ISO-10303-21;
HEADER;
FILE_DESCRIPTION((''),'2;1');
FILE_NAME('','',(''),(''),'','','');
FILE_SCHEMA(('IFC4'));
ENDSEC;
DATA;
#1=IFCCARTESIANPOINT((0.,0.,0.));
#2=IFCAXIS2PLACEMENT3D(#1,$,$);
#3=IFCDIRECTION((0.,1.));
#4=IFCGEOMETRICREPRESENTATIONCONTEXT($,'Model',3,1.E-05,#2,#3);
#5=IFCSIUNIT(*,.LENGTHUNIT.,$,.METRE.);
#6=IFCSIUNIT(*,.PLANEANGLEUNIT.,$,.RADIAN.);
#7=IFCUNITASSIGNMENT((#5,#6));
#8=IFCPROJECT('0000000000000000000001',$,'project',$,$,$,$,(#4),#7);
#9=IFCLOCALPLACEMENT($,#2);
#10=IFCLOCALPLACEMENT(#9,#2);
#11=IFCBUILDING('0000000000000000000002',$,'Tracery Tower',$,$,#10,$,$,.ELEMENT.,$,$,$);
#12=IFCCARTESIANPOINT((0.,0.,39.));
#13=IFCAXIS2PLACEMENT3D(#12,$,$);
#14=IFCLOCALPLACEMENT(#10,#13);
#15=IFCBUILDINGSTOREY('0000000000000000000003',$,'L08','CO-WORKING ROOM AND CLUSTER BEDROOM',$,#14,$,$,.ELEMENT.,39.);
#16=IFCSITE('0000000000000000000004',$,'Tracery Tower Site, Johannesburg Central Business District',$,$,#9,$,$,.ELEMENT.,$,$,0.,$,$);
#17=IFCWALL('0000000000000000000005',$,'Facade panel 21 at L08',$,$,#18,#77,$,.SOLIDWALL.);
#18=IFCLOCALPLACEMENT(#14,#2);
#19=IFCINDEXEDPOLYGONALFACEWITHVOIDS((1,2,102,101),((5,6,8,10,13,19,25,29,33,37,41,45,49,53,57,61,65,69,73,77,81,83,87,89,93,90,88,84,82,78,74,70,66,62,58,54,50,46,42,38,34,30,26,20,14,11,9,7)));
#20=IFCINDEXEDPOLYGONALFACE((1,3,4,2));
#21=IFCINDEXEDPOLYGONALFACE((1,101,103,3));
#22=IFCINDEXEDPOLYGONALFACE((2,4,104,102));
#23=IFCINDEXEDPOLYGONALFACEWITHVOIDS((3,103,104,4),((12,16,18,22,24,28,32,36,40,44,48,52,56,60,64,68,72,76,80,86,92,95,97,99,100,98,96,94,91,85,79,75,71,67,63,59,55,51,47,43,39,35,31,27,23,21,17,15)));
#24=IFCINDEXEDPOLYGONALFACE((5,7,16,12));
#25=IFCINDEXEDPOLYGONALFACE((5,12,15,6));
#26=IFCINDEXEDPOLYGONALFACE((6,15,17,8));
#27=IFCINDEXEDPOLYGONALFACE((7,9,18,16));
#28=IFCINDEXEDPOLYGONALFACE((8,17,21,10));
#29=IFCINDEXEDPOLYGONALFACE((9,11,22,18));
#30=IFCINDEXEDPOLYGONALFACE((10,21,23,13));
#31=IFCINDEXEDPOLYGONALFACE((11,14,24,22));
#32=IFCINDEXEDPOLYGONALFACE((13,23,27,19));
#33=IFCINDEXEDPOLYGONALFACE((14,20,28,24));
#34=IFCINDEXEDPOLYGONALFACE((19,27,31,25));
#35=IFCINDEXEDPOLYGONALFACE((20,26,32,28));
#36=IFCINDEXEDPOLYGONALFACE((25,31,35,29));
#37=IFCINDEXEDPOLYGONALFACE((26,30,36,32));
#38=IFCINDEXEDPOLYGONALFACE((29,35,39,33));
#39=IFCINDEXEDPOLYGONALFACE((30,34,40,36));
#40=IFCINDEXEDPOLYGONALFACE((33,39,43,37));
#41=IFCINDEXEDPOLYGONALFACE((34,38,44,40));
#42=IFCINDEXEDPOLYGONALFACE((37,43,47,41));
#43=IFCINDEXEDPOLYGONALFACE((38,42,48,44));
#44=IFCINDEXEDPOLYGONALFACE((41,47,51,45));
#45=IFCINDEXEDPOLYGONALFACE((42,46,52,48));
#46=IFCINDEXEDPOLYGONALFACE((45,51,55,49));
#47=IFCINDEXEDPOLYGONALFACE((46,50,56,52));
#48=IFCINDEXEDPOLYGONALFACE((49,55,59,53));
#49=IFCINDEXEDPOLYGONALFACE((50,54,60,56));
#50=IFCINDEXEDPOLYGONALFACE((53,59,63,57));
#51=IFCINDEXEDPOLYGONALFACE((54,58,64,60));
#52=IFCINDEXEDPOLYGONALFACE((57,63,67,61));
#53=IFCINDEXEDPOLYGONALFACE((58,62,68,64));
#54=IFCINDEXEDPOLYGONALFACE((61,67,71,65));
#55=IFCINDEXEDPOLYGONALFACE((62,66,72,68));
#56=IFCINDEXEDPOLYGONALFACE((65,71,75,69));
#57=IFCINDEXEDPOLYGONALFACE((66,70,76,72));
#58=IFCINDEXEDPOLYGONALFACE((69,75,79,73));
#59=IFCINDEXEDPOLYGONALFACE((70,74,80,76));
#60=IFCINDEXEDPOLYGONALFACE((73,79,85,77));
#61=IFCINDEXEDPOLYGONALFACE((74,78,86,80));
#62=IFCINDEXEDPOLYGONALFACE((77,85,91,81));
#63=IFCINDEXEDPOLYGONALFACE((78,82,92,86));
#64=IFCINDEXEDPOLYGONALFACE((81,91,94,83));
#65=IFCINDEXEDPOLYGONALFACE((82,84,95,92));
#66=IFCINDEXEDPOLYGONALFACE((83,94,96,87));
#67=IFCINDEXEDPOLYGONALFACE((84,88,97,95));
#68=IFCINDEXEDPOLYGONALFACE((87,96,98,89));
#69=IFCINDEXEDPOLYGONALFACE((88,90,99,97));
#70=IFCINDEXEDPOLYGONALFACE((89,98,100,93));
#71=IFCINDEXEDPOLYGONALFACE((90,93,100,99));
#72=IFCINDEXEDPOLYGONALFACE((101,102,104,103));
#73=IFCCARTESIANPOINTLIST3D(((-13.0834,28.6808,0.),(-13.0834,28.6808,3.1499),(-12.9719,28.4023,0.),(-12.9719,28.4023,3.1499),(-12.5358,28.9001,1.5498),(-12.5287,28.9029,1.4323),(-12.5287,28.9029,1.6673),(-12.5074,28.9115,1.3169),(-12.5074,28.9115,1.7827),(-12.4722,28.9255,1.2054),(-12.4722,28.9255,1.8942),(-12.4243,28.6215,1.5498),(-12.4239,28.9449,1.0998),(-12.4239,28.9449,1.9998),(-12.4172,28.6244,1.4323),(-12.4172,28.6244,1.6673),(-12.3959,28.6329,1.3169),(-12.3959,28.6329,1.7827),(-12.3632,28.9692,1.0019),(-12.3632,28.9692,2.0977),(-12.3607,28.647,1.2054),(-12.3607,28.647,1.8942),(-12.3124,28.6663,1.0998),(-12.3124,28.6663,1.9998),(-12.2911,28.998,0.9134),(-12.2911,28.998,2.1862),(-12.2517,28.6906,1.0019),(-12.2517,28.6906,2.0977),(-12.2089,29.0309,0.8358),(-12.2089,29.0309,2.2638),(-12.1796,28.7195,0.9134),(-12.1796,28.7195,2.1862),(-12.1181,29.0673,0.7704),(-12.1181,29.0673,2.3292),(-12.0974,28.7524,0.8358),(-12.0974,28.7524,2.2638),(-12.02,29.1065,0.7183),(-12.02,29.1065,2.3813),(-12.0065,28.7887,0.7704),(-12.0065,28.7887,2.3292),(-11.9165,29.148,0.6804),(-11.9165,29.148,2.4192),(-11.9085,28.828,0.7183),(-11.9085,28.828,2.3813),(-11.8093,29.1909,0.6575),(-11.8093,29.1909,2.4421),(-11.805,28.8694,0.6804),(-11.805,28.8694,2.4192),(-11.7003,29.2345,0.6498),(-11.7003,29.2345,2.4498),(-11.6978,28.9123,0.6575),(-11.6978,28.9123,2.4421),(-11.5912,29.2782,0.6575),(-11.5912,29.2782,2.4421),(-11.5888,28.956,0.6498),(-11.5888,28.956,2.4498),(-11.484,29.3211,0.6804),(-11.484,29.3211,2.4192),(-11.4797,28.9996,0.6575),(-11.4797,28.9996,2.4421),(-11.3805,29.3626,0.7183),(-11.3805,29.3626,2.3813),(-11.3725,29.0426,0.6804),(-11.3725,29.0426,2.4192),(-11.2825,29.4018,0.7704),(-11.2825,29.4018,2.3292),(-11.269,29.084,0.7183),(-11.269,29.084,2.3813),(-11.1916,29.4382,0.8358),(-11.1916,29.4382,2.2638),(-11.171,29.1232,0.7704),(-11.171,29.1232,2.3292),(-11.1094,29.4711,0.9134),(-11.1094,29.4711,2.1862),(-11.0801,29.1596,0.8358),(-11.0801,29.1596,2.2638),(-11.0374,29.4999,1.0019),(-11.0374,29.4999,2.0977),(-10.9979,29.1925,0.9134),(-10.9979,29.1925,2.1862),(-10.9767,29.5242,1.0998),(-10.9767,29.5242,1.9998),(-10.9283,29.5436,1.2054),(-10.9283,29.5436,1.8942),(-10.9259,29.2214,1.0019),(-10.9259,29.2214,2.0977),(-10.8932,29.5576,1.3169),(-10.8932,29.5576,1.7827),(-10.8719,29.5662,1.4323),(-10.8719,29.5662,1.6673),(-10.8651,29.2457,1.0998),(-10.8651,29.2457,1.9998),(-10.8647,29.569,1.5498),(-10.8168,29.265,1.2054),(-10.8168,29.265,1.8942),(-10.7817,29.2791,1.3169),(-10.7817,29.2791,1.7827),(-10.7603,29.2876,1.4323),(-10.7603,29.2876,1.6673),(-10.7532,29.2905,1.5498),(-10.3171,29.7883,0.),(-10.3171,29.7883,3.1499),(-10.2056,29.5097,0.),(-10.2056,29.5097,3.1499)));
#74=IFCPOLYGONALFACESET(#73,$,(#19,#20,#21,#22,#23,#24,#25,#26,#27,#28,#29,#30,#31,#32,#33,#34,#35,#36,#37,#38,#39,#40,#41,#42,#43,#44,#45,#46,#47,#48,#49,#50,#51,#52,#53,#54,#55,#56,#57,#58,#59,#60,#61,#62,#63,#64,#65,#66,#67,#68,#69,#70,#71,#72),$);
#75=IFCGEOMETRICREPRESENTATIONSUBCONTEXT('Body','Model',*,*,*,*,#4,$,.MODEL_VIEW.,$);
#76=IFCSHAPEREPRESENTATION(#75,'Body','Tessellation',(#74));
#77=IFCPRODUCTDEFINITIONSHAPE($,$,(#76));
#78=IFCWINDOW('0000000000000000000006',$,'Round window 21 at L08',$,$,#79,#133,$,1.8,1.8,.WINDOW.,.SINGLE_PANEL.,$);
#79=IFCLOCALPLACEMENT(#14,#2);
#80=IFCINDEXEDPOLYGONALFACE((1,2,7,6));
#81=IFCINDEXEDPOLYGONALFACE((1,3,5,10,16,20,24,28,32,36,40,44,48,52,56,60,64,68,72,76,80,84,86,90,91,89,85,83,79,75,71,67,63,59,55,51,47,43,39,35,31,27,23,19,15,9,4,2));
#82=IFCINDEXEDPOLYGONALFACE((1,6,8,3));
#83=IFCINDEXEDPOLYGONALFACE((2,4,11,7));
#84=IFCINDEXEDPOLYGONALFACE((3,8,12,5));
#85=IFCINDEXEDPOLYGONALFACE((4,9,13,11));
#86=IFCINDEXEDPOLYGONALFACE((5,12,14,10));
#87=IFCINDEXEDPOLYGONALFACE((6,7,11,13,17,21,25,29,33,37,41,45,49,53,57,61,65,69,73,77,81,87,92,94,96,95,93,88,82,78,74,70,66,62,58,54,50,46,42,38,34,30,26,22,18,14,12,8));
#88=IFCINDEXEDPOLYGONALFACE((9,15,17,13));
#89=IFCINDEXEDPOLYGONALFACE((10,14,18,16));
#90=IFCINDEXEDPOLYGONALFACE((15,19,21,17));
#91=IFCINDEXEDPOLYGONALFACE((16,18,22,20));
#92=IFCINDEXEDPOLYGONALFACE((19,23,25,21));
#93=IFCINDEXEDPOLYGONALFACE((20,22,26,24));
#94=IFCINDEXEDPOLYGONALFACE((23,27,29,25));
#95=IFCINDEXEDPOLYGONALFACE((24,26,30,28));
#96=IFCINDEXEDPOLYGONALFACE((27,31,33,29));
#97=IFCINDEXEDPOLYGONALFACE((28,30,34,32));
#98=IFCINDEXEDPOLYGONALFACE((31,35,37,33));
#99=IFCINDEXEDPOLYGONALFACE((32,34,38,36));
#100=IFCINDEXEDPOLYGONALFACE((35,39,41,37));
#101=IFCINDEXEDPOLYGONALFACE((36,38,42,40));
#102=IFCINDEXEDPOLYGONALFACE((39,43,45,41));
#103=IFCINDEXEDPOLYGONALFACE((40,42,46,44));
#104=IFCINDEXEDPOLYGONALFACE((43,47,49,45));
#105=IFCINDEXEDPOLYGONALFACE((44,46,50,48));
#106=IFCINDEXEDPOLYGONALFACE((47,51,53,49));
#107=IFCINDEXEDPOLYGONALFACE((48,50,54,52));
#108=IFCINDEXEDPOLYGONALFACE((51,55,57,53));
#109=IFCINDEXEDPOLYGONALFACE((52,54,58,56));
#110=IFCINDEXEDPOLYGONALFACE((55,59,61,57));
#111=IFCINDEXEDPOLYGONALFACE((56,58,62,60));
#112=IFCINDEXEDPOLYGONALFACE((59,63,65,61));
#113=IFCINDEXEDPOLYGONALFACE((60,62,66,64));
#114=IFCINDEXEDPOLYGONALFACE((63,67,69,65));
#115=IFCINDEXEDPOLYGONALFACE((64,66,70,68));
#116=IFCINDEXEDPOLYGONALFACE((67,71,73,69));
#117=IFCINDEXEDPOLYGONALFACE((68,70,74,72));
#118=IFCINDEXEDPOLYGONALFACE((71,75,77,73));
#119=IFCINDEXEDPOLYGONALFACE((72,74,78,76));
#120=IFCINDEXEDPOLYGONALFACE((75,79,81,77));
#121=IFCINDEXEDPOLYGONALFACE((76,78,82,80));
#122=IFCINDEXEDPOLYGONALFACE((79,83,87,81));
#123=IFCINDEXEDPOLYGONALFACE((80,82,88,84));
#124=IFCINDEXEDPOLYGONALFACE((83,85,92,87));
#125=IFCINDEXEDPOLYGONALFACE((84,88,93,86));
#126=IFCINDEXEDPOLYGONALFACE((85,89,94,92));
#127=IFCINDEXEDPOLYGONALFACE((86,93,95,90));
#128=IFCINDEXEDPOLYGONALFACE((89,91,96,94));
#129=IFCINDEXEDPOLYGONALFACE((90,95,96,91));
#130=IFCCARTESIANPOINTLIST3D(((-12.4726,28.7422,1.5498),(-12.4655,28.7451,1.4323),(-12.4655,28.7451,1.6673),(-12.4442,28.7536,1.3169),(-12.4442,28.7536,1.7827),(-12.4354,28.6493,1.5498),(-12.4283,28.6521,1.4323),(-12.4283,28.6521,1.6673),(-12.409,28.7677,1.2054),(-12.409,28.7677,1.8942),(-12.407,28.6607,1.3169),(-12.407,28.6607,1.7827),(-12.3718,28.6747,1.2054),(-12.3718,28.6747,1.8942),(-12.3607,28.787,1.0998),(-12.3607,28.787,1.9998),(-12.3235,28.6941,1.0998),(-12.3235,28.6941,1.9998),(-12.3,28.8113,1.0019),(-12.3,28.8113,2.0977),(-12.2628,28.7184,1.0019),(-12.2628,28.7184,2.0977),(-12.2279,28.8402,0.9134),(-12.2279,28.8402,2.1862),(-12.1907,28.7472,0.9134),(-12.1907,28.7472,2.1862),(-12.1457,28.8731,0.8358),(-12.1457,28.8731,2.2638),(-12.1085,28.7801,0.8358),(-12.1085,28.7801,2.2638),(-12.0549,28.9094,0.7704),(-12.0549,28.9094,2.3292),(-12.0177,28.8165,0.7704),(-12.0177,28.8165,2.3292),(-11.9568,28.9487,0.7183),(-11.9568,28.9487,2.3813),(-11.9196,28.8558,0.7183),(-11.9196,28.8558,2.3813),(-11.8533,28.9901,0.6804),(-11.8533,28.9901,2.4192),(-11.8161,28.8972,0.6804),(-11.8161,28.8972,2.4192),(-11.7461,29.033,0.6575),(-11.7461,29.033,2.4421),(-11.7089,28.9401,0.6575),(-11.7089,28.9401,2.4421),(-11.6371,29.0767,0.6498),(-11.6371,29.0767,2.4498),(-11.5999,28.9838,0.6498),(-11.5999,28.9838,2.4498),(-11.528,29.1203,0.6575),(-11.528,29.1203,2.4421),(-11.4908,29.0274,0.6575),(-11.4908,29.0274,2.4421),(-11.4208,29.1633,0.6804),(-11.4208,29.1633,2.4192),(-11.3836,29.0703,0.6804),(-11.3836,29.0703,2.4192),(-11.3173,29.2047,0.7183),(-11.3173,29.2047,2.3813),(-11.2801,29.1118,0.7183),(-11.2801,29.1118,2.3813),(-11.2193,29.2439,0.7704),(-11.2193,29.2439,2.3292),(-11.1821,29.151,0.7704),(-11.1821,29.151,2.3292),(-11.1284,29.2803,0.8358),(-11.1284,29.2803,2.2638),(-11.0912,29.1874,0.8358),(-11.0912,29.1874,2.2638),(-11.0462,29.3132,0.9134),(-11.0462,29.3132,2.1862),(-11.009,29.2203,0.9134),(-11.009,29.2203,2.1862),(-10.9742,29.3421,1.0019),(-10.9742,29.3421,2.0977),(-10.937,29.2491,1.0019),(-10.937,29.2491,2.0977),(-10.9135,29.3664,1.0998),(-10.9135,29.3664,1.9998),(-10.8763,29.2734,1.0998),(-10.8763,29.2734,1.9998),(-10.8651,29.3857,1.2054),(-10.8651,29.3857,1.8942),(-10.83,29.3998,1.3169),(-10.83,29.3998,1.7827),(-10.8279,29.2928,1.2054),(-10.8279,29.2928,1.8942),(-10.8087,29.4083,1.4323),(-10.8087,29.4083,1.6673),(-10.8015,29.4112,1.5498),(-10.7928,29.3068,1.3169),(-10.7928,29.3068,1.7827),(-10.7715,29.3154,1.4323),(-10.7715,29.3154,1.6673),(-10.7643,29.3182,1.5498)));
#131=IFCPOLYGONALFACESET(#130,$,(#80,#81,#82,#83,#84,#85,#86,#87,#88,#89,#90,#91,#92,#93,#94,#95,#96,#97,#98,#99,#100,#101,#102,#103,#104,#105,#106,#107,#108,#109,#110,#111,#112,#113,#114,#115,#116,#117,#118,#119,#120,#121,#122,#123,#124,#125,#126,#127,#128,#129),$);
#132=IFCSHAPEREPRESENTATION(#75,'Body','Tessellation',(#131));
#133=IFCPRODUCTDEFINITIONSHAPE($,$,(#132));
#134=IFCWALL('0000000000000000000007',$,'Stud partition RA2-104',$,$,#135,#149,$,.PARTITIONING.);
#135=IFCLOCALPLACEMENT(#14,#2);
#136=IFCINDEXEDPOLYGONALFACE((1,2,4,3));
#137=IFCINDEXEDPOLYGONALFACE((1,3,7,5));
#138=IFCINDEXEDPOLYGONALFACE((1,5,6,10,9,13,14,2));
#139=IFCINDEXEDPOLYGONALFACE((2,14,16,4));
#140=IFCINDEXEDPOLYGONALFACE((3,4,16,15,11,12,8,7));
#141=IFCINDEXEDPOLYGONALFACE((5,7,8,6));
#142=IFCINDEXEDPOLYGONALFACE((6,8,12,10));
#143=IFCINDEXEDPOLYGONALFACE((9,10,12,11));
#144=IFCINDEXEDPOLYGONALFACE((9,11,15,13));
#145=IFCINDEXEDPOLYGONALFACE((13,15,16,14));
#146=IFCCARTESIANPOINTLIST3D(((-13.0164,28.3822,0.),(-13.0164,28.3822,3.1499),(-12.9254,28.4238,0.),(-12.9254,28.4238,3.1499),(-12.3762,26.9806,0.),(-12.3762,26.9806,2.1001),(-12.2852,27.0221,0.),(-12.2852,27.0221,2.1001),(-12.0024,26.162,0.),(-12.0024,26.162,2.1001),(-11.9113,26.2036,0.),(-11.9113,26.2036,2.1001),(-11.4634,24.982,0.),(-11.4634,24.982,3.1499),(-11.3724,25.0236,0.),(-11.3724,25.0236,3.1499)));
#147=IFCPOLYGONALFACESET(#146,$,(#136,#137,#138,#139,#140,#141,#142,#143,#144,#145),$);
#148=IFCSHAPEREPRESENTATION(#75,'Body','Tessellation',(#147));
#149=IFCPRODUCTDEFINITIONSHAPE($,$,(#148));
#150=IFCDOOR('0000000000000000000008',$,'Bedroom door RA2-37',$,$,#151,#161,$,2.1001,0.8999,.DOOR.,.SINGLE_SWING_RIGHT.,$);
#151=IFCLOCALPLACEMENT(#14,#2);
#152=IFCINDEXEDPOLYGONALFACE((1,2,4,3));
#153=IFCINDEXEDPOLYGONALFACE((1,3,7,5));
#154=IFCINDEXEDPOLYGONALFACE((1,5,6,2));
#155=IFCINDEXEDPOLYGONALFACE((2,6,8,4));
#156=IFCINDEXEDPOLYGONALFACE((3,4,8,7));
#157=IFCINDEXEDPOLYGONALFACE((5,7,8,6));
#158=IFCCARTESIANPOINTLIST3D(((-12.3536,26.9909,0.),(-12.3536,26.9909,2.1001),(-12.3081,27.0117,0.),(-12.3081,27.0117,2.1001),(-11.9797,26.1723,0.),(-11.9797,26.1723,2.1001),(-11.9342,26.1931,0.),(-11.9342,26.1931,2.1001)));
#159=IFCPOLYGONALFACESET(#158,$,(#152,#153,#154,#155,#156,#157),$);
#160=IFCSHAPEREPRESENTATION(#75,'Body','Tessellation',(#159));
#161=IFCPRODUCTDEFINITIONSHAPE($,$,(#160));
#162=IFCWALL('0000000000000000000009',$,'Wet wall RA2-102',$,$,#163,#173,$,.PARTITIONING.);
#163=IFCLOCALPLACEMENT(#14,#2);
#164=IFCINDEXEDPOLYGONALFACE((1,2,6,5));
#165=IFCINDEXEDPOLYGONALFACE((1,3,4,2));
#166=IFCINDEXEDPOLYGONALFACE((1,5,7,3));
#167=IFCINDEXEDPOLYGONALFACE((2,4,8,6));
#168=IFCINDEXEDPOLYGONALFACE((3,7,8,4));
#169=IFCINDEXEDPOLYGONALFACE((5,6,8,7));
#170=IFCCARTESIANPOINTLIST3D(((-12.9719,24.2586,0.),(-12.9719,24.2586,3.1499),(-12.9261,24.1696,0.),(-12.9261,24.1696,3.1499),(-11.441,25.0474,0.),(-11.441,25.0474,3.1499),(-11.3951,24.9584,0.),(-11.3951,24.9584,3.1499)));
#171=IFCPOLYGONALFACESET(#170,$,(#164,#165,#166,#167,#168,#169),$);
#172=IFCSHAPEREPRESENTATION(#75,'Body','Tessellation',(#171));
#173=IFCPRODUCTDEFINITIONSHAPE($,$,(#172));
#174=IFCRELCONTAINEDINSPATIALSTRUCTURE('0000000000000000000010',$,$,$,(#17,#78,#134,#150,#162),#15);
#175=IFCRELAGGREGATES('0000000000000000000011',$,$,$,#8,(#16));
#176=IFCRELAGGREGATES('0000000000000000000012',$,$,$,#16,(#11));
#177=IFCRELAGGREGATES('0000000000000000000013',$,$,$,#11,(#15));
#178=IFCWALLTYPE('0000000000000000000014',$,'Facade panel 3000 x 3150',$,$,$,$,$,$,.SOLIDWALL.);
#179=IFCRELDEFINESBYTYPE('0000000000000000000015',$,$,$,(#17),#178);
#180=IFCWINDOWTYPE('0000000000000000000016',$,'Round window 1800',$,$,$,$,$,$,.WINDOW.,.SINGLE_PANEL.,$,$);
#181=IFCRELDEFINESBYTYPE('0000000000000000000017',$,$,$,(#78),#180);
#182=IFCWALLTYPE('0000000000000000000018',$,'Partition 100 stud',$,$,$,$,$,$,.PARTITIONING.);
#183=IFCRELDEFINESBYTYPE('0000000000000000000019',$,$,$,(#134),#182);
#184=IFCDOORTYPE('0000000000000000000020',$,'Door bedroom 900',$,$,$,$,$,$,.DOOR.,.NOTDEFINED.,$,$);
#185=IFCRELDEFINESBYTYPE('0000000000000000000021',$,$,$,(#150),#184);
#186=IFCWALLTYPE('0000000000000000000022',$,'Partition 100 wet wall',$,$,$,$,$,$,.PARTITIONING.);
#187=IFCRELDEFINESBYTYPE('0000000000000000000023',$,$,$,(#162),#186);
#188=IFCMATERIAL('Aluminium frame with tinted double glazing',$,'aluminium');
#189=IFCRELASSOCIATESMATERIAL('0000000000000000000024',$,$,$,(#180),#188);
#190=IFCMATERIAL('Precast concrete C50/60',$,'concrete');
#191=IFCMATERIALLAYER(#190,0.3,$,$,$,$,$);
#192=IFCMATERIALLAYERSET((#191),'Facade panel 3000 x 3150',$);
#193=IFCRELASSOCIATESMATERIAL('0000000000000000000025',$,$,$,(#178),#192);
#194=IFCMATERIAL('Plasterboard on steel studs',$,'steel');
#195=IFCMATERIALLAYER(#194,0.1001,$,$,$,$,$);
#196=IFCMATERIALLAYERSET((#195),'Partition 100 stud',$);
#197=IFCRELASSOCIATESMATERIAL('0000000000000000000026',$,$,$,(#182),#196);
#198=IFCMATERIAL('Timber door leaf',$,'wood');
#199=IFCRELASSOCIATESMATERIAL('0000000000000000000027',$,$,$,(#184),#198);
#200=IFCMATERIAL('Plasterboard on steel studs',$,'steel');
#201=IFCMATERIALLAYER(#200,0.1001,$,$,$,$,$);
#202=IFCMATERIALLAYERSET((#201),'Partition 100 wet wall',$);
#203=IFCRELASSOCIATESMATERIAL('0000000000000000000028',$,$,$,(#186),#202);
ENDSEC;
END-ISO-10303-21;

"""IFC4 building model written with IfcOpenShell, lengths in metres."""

from ifc_helpers import new_model, si_unit, direction, frame, frame_2d, origin, origin_2d, place, context, subcontext, project, spatial, rectangle, circle, extrude, material, layer, layer_set, type_object, element, fill, save


model = new_model("IFC4")

# Units and contexts
model_context = context("Model", 3, precision=1e-05, world=origin(), true_north=direction((0.0, 1.0)))
body_context = subcontext(model_context, "Body", "Model", "MODEL_VIEW")
ifc_project = project(units=[si_unit("LENGTHUNIT", "METRE"), si_unit("PLANEANGLEUNIT", "RADIAN")], contexts=[model_context])

# Site, building, storey
site_placement = place(None, origin())
site = spatial("IfcSite", under=ifc_project, at=site_placement, Name="Tracery Tower Site, Johannesburg Central Business District", CompositionType="ELEMENT", RefElevation=0.0)
building_placement = place(site_placement, origin())
building = spatial("IfcBuilding", under=site, at=building_placement, Name="Tracery Tower", CompositionType="ELEMENT")
storey_placement = place(building_placement, frame((0.0, 0.0, 39.0)))
storey = spatial("IfcBuildingStorey", under=building, at=storey_placement, Name="L08", Description="CO-WORKING ROOM AND CLUSTER BEDROOM", CompositionType="ELEMENT", Elevation=39.0)

# Wall, opening, window
ifc_material_1 = material(Name="Aluminium frame with tinted double glazing", Category="aluminium")
window_type = type_object("IfcWindowType", Name="Round window 1800", PartitioningType="SINGLE_PANEL", PredefinedType="WINDOW", material=ifc_material_1)
ifc_material_2 = material(Name="Precast concrete C50/60", Category="concrete")
ifc_layer_1 = layer(ifc_material_2, 0.3)
ifc_layer_set_1 = layer_set([ifc_layer_1], Name="Facade panel 3000 x 3150")
wall_type_1 = type_object("IfcWallType", Name="Facade panel 3000 x 3150", PredefinedType="SOLIDWALL", material=ifc_layer_set_1)
wall_1_placement = place(storey_placement, frame((-10.2615, 29.6489, 0.0), z_axis=(0.0, 0.0, 1.0), x_axis=(-0.928375, -0.371645, 0.0)))
wall_1 = element("IfcWall", 1, at=wall_1_placement, inside=storey, type_object=wall_type_1, Name="Facade panel 21 at L08", PredefinedType="SOLIDWALL", context=body_context, shape_type="SweptSolid", body=[
    extrude(rectangle(XDim=2.9797, YDim=0.3, at=frame_2d((1.4897, 0.0))), origin(), (0.0, 0.0, 1.0), 3.1499),
])
opening_1_placement = place(wall_1_placement, frame((1.4897, 0.0, 1.5498)))
opening_1 = element("IfcOpeningElement", 2, at=opening_1_placement, cuts=wall_1, PredefinedType="OPENING", context=body_context, shape_type="SweptSolid", body=[
    extrude(circle(Radius=0.9, at=origin_2d()), frame((0.0, 0.1599, 0.0), z_axis=(0.0, -1.0, 0.0), x_axis=(1.0, 0.0, 0.0)), (0.0, 0.0, 1.0), 0.3201),
])
window_1_placement = place(opening_1_placement, origin())
window_1 = element("IfcWindow", 3, at=window_1_placement, inside=storey, type_object=window_type, Name="Round window 21 at L08", OverallHeight=1.8, OverallWidth=1.8, PartitioningType="SINGLE_PANEL", PredefinedType="WINDOW", context=body_context, shape_type="SweptSolid", body=[
    extrude(circle(Radius=0.9, at=origin_2d()), frame((0.0, 0.1201, 0.0), z_axis=(0.0, -1.0, 0.0), x_axis=(1.0, 0.0, 0.0)), (0.0, 0.0, 1.0), 0.1001),
])
fill(opening_1, window_1)

# Wall, opening, door
ifc_material_3 = material(Name="Plasterboard on steel studs", Category="steel")
ifc_layer_2 = layer(ifc_material_3, 0.1001)
ifc_layer_set_2 = layer_set([ifc_layer_2], Name="Partition 100 stud")
wall_type_2 = type_object("IfcWallType", Name="Partition 100 stud", PredefinedType="PARTITIONING", material=ifc_layer_set_2)
wall_2_placement = place(storey_placement, frame((-12.9709, 28.4031, 0.0), z_axis=(0.0, 0.0, 1.0), x_axis=(0.415456, -0.909613, 0.0)))
wall_2 = element("IfcWall", 4, at=wall_2_placement, inside=storey, type_object=wall_type_2, Name="Stud partition RA2-104", PredefinedType="PARTITIONING", context=body_context, shape_type="SweptSolid", body=[
    extrude(rectangle(XDim=3.738, YDim=0.1001, at=frame_2d((1.8691, 0.0))), origin(), (0.0, 0.0, 1.0), 3.1499),
])
opening_2_placement = place(wall_2_placement, frame((1.541, 0.0, 0.0)))
opening_2 = element("IfcOpeningElement", 5, at=opening_2_placement, cuts=wall_2, PredefinedType="OPENING", context=body_context, shape_type="SweptSolid", body=[
    extrude(rectangle(XDim=0.8999, YDim=2.1001, at=frame_2d((0.45, 1.05))), frame((0.0, 0.05, 0.0), z_axis=(0.0, -1.0, 0.0), x_axis=(1.0, 0.0, 0.0)), (0.0, 0.0, 1.0), 0.1001),
])
ifc_material_4 = material(Name="Timber door leaf", Category="wood")
door_type_1 = type_object("IfcDoorType", Name="Door bedroom 900", OperationType="NOTDEFINED", PredefinedType="DOOR", material=ifc_material_4)
door_1_placement = place(opening_2_placement, origin())
door_1 = element("IfcDoor", 6, at=door_1_placement, inside=storey, type_object=door_type_1, Name="Bedroom door RA2-37", OperationType="SINGLE_SWING_RIGHT", OverallHeight=2.1001, OverallWidth=0.8999, PredefinedType="DOOR", context=body_context, shape_type="SweptSolid", body=[
    extrude(rectangle(XDim=0.8999, YDim=2.1001, at=frame_2d((0.45, 1.05))), frame((0.0, 0.0249, 0.0), z_axis=(0.0, -1.0, 0.0), x_axis=(1.0, 0.0, 0.0)), (0.0, 0.0, 1.0), 0.05),
])
fill(opening_2, door_1)

# Wall
ifc_material_5 = material(Name="Plasterboard on steel studs", Category="steel")
ifc_layer_3 = layer(ifc_material_5, 0.1001)
ifc_layer_set_3 = layer_set([ifc_layer_3], Name="Partition 100 wet wall")
wall_type_3 = type_object("IfcWallType", Name="Partition 100 wet wall", PredefinedType="PARTITIONING", material=ifc_layer_set_3)
wall_3_placement = place(storey_placement, frame((-12.949, 24.2141, 0.0), z_axis=(0.0, 0.0, 1.0), x_axis=(0.888947, 0.458011, 0.0)))
element("IfcWall", 7, at=wall_3_placement, inside=storey, type_object=wall_type_3, Name="Wet wall RA2-102", PredefinedType="PARTITIONING", context=body_context, shape_type="SweptSolid", body=[
    extrude(rectangle(XDim=1.7222, YDim=0.1001, at=frame_2d((0.8611, 0.0))), origin(), (0.0, 0.0, 1.0), 3.1499),
])

save(model, "model.ifc")
